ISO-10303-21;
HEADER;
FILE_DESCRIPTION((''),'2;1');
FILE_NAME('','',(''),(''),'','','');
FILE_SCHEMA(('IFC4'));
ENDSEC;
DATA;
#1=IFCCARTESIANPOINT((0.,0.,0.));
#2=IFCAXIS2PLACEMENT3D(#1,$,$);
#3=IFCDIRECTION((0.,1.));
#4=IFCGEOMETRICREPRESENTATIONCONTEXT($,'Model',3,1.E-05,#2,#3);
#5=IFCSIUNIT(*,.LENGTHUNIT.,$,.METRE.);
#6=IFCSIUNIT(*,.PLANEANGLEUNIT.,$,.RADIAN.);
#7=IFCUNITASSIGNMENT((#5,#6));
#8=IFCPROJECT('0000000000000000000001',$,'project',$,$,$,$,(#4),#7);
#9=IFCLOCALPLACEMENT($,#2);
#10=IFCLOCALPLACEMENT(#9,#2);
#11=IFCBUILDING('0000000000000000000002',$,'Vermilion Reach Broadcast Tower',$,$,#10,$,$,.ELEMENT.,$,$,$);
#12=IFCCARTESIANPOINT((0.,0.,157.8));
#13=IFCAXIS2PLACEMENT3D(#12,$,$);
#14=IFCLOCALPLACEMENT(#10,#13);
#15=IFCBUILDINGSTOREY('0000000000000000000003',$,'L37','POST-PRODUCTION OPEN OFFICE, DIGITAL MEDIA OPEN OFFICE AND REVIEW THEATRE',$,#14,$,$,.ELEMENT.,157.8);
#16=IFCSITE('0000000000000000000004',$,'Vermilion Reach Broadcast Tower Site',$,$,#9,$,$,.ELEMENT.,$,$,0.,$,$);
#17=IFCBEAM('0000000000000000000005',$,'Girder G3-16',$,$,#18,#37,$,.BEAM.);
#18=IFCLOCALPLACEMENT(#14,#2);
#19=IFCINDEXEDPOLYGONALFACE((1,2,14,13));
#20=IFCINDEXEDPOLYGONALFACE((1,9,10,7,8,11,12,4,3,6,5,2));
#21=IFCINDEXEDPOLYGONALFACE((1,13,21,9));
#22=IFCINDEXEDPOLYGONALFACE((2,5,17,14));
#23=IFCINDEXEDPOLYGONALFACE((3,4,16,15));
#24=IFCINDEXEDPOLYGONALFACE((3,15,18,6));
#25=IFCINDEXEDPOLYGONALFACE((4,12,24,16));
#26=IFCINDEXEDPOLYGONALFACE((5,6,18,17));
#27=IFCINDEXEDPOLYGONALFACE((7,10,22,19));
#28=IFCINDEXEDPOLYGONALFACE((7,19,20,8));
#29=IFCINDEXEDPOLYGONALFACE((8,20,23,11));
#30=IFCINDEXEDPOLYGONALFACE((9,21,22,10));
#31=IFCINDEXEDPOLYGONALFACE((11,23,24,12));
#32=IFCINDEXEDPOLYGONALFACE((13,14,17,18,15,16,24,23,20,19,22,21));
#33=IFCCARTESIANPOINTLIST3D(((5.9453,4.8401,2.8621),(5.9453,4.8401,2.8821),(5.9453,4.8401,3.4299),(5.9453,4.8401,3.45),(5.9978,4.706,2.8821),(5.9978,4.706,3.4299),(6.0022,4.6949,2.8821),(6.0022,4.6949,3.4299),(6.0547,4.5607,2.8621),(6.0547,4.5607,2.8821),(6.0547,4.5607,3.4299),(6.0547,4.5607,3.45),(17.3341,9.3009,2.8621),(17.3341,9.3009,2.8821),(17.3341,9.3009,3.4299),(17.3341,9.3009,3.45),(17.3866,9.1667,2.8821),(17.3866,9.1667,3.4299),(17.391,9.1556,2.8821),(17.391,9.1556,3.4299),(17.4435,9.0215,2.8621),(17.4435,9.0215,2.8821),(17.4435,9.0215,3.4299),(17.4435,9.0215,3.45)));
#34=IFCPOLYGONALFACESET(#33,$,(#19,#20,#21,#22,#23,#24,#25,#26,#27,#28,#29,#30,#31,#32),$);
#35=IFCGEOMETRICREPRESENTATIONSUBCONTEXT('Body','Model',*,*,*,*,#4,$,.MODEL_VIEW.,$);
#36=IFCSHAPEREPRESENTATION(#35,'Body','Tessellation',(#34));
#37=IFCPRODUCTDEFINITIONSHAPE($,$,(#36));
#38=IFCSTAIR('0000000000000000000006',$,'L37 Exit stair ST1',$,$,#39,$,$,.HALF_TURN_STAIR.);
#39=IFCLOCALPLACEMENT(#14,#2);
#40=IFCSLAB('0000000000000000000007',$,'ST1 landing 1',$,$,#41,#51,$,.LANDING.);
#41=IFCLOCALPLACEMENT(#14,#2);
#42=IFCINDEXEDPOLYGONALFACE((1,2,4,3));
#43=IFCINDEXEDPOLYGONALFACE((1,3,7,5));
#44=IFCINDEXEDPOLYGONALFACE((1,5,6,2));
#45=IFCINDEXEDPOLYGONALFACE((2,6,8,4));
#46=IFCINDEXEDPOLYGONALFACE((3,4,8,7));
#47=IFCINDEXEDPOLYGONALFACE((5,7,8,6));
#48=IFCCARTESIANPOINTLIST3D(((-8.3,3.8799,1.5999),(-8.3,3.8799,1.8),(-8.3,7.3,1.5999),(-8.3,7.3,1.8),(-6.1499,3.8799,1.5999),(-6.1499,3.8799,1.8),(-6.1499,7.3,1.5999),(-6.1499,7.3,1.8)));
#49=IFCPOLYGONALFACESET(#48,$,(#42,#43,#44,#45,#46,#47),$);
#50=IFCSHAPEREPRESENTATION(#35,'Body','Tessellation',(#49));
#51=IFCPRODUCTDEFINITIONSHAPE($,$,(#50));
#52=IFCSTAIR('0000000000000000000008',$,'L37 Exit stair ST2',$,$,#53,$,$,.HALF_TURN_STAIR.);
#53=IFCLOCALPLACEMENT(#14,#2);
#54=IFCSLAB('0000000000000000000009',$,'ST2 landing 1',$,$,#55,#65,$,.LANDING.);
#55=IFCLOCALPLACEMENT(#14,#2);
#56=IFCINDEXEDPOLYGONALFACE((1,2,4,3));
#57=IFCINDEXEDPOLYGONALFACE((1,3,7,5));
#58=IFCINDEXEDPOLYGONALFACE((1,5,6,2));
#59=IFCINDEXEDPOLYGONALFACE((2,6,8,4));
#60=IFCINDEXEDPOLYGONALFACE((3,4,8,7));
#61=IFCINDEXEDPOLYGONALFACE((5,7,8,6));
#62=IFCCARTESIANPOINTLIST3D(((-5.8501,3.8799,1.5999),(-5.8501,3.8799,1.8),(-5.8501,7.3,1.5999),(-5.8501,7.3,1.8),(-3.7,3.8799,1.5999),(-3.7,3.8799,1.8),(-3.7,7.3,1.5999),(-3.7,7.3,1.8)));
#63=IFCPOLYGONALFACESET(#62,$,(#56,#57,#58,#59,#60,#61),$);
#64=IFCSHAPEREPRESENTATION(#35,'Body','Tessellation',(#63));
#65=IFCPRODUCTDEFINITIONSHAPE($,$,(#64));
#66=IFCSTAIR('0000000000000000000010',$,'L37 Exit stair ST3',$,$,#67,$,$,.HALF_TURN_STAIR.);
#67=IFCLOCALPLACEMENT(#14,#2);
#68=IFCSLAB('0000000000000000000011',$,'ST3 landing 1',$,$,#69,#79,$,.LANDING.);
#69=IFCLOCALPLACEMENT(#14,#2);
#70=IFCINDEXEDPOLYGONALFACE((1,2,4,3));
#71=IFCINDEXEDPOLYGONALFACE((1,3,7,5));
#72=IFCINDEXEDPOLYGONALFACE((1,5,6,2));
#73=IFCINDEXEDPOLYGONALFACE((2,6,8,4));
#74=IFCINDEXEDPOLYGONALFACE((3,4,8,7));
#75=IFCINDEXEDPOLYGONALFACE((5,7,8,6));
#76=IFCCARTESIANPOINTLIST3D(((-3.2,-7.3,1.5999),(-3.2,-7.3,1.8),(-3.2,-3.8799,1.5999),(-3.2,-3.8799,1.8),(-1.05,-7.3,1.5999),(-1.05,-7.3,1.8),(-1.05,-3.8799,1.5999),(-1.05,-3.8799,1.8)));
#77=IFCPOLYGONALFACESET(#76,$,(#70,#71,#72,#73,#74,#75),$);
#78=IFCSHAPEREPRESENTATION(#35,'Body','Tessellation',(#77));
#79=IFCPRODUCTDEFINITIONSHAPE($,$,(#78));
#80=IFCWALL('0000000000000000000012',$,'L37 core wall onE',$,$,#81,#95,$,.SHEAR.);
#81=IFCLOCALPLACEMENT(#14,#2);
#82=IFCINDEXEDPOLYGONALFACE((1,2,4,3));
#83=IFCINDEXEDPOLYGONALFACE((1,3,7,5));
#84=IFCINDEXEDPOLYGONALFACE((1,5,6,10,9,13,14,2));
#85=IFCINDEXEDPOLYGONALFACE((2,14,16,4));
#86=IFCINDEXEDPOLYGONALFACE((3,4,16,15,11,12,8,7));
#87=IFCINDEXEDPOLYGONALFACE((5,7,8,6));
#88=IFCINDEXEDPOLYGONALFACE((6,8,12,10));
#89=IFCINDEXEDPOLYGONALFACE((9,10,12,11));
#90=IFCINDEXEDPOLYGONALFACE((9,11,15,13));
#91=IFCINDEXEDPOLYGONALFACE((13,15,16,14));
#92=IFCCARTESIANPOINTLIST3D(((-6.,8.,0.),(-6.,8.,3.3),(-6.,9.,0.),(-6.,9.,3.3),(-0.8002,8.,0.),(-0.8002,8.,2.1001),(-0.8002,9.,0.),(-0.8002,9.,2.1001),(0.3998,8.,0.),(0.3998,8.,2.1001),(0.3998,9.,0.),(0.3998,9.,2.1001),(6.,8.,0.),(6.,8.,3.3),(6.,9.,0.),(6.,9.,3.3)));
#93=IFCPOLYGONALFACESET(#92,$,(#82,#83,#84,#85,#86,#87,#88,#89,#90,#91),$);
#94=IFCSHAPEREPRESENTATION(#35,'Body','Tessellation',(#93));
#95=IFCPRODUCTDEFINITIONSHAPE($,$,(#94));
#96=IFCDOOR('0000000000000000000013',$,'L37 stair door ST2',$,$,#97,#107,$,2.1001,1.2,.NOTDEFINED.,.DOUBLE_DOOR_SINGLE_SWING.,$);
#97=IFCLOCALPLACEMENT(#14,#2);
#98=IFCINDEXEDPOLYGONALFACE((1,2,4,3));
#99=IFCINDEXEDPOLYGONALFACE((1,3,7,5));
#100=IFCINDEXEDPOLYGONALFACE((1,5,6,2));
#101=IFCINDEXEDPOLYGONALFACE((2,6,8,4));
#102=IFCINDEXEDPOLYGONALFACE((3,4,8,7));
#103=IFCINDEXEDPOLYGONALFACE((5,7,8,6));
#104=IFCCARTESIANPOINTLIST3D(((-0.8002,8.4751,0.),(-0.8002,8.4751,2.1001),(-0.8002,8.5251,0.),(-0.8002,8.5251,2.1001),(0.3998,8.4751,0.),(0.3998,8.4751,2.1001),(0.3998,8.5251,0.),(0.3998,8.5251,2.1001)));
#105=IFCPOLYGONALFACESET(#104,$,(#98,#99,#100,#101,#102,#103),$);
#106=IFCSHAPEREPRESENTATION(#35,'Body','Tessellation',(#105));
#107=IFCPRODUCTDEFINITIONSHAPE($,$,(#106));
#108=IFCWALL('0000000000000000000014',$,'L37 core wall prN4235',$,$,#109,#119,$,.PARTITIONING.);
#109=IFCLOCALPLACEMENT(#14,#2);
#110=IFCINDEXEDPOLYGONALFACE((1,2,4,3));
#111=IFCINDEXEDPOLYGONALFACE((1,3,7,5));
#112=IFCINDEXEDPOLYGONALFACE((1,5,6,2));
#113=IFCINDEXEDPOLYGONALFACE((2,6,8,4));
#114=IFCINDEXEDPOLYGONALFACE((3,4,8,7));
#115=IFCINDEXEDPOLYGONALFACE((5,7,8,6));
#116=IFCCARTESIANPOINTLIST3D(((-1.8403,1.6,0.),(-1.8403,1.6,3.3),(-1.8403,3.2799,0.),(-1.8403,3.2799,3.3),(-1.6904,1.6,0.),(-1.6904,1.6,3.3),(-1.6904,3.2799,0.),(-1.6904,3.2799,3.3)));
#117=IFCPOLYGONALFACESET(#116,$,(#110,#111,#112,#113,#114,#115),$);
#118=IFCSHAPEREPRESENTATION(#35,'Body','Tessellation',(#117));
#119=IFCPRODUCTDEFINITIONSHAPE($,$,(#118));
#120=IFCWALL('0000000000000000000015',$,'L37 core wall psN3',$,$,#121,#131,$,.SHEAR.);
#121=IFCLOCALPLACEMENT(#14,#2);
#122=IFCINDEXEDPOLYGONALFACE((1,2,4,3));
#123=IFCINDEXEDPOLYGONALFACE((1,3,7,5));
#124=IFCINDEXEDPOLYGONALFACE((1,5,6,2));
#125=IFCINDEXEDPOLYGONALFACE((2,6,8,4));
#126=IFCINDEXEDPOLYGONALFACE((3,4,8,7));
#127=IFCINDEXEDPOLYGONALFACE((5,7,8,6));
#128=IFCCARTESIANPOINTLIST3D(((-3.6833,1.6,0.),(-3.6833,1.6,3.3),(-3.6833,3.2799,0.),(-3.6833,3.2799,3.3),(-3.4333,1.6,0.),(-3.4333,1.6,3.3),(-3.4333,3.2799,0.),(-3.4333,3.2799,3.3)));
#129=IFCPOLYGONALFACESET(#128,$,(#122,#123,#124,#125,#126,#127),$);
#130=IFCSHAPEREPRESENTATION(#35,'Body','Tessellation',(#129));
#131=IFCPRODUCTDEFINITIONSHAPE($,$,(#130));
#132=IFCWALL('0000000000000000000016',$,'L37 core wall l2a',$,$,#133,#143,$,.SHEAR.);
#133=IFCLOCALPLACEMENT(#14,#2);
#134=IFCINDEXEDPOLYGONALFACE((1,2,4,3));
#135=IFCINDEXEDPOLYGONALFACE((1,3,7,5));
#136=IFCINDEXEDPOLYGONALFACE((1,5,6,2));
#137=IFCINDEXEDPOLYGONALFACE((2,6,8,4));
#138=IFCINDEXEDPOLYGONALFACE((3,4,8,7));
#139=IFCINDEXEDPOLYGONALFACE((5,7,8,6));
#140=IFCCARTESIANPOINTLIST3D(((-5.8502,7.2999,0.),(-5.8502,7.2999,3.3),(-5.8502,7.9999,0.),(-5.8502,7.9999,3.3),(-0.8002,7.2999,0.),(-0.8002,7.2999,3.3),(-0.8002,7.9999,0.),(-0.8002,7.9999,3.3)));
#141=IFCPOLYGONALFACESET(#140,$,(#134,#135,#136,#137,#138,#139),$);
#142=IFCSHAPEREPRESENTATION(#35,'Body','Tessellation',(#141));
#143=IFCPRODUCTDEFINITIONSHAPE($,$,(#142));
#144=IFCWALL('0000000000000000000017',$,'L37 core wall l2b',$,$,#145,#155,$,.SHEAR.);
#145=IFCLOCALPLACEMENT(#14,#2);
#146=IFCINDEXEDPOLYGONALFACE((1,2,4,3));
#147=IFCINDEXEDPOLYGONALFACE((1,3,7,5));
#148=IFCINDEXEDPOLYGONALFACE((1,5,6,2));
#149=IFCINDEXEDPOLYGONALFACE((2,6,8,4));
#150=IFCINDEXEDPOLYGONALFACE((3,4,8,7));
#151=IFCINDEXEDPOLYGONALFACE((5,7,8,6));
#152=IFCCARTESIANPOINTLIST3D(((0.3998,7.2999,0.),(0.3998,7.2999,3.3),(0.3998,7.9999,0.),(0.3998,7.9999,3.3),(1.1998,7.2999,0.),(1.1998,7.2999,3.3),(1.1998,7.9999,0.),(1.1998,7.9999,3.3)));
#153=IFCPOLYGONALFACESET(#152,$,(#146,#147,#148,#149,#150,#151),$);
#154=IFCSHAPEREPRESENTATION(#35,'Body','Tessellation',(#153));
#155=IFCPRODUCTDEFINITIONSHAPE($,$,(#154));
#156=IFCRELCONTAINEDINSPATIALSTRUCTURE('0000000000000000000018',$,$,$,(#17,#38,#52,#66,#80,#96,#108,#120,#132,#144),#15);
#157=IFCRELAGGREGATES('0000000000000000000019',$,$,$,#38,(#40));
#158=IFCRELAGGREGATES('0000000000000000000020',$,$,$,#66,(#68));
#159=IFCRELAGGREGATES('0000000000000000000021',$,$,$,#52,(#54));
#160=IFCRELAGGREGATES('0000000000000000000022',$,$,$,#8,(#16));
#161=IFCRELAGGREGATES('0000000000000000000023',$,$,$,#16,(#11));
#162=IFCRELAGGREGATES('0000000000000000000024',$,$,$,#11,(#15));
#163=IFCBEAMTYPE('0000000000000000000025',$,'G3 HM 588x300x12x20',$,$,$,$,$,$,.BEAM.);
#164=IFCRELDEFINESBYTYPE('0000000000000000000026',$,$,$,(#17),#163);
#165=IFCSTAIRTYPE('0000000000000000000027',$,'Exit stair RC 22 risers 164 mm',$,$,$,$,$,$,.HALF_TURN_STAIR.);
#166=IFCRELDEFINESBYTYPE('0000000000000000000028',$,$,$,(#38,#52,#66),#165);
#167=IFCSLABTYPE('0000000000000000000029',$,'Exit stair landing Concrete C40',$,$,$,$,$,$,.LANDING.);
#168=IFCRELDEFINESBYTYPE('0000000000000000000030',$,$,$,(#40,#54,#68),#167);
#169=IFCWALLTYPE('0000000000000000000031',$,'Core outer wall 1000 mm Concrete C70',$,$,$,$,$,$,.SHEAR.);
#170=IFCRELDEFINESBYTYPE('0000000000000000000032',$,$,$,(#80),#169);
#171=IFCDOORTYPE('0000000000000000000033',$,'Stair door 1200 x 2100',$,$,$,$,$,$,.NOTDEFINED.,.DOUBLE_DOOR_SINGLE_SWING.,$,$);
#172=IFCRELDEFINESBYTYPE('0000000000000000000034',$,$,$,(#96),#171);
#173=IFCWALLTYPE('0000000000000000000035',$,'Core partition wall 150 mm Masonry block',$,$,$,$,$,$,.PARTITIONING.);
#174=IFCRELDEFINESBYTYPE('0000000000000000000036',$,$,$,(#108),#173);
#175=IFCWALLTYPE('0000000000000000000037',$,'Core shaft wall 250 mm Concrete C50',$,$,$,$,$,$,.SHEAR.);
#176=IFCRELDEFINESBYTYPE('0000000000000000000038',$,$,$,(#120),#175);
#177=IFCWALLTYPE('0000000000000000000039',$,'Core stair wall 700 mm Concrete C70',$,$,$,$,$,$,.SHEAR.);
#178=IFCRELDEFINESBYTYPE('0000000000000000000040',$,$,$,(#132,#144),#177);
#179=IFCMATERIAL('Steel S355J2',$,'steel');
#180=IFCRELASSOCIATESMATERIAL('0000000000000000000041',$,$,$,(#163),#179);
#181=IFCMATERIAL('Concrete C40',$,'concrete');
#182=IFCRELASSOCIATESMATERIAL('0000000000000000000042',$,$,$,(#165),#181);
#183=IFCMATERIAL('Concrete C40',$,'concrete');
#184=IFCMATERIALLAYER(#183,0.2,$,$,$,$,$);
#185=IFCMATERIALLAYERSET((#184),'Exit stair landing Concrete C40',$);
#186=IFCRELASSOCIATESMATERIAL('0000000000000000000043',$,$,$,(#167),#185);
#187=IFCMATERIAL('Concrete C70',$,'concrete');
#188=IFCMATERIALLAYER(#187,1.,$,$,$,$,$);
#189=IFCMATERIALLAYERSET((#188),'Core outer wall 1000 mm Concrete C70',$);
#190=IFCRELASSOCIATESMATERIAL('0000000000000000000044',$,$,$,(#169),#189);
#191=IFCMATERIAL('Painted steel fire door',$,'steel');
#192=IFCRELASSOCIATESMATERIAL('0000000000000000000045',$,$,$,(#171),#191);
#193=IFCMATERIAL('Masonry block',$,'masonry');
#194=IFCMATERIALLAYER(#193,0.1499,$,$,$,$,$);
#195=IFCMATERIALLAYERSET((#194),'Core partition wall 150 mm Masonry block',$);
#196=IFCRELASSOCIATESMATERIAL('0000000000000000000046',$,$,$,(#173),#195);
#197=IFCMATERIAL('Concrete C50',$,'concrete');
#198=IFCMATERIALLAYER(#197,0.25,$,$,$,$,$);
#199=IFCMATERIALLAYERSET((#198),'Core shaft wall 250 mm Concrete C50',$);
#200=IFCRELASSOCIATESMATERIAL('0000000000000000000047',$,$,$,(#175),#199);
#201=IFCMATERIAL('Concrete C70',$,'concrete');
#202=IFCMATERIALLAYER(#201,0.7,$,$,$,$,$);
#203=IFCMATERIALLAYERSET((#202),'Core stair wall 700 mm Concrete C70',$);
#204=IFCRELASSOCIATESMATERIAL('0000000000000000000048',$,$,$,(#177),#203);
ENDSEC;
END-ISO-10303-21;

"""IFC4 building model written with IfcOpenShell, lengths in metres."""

from ifc_helpers import new_model, si_unit, direction, frame, frame_2d, origin, origin_2d, place, context, subcontext, project, spatial, polyline, rectangle, i_section, outline, extrude, material, layer, layer_set, material_profile, profile_set, type_object, element, fill, aggregate, save


model = new_model("IFC4")

# Units and contexts
model_context = context("Model", 3, precision=1e-05, world=origin(), true_north=direction((0.0, 1.0)))
body_context = subcontext(model_context, "Body", "Model", "MODEL_VIEW")
ifc_project = project(units=[si_unit("LENGTHUNIT", "METRE"), si_unit("PLANEANGLEUNIT", "RADIAN")], contexts=[model_context])

# Site, building, storey
site_placement = place(None, origin())
site = spatial("IfcSite", under=ifc_project, at=site_placement, Name="Vermilion Reach Broadcast Tower Site", CompositionType="ELEMENT", RefElevation=0.0)
building_placement = place(site_placement, origin())
building = spatial("IfcBuilding", under=site, at=building_placement, Name="Vermilion Reach Broadcast Tower", CompositionType="ELEMENT")
storey_placement = place(building_placement, frame((0.0, 0.0, 157.8)))
storey = spatial("IfcBuildingStorey", under=building, at=storey_placement, Name="L37", Description="POST-PRODUCTION OPEN OFFICE, DIGITAL MEDIA OPEN OFFICE AND REVIEW THEATRE", CompositionType="ELEMENT", Elevation=157.8)

# Beam
ifc_material_1 = material(Name="Steel S355J2", Category="steel")
ifc_material_profile = material_profile(ifc_material_1, i_section(OverallWidth=0.3, OverallDepth=0.5879, WebThickness=0.012, FlangeThickness=0.02, at=origin_2d()), Name="S355J2 HM 588x300x12x20")
ifc_profile_set = profile_set([ifc_material_profile], Name="Steel S355J2")
beam_type = type_object("IfcBeamType", Name="G3 HM 588x300x12x20", PredefinedType="BEAM", material=ifc_profile_set)
beam_placement = place(storey_placement, frame((6.0, 4.7004, 3.156), z_axis=(0.931125, 0.364701, 0.0), x_axis=(-0.364701, 0.931125, 0.0)))
element("IfcBeam", 1, at=beam_placement, inside=storey, type_object=beam_type, Name="Girder G3-16", PredefinedType="BEAM", context=body_context, shape_type="SweptSolid", body=[
    extrude(i_section(OverallWidth=0.3, OverallDepth=0.5879, WebThickness=0.012, FlangeThickness=0.02, at=origin_2d()), origin(), (0.0, 0.0, 1.0), 12.2312),
])

# Stairs, slabs
ifc_material_2 = material(Name="Concrete C40", Category="concrete")
stair_type = type_object("IfcStairType", Name="Exit stair RC 22 risers 164 mm", PredefinedType="HALF_TURN_STAIR", material=ifc_material_2)
placement_1 = place(storey_placement, origin())
stair_1 = element("IfcStair", 2, at=placement_1, inside=storey, type_object=stair_type, Name="L37 Exit stair ST1", PredefinedType="HALF_TURN_STAIR")
ifc_material_3 = material(Name="Concrete C40", Category="concrete")
ifc_layer_1 = layer(ifc_material_3, 0.2)
ifc_layer_set_1 = layer_set([ifc_layer_1], Name="Exit stair landing Concrete C40")
slab_type = type_object("IfcSlabType", Name="Exit stair landing Concrete C40", PredefinedType="LANDING", material=ifc_layer_set_1)
placement_2 = place(storey_placement, frame((0.0, 0.0, 1.5999)))
slab_1 = element("IfcSlab", 3, at=placement_2, type_object=slab_type, Name="ST1 landing 1", PredefinedType="LANDING", context=body_context, shape_type="SweptSolid", body=[
    extrude(outline(polyline([(-8.3, 3.8799), (-6.1499, 3.8799), (-6.1499, 7.3), (-8.3, 7.3), (-8.3, 3.8799)])), origin(), (0.0, 0.0, 1.0), 0.2002),
])
aggregate(stair_1, [slab_1])
stair_2 = element("IfcStair", 4, at=placement_1, inside=storey, type_object=stair_type, Name="L37 Exit stair ST2", PredefinedType="HALF_TURN_STAIR")
slab_2 = element("IfcSlab", 5, at=placement_2, type_object=slab_type, Name="ST2 landing 1", PredefinedType="LANDING", context=body_context, shape_type="SweptSolid", body=[
    extrude(outline(polyline([(-3.7, 7.3), (-5.8501, 7.3), (-5.8501, 3.8799), (-3.7, 3.8799), (-3.7, 7.3)])), origin(), (0.0, 0.0, 1.0), 0.2002),
])
stair_3 = element("IfcStair", 6, at=placement_1, inside=storey, type_object=stair_type, Name="L37 Exit stair ST3", PredefinedType="HALF_TURN_STAIR")
slab_3 = element("IfcSlab", 7, at=placement_2, type_object=slab_type, Name="ST3 landing 1", PredefinedType="LANDING", context=body_context, shape_type="SweptSolid", body=[
    extrude(outline(polyline([(-3.2, -7.3), (-1.05, -7.3), (-1.05, -3.8799), (-3.2, -3.8799), (-3.2, -7.3)])), origin(), (0.0, 0.0, 1.0), 0.2002),
])
aggregate(stair_3, [slab_3])

# Wall, opening, door
ifc_material_4 = material(Name="Concrete C70", Category="concrete")
ifc_layer_2 = layer(ifc_material_4, 1.0)
ifc_layer_set_2 = layer_set([ifc_layer_2], Name="Core outer wall 1000 mm Concrete C70")
wall_type_1 = type_object("IfcWallType", Name="Core outer wall 1000 mm Concrete C70", PredefinedType="SHEAR", material=ifc_layer_set_2)
wall_1_placement = place(storey_placement, frame((6.0, 8.5, 0.0), z_axis=(0.0, 0.0, 1.0), x_axis=(-1.0, 0.0, 0.0)))
wall_1 = element("IfcWall", 8, at=wall_1_placement, inside=storey, type_object=wall_type_1, Name="L37 core wall onE", PredefinedType="SHEAR", context=body_context, shape_type="SweptSolid", body=[
    extrude(rectangle(XDim=12.0, YDim=1.0, at=frame_2d((6.0, 0.0))), origin(), (0.0, 0.0, 1.0), 3.3),
])
opening_placement = place(wall_1_placement, frame((5.6001, 0.0, 0.0)))
opening = element("IfcOpeningElement", 9, at=opening_placement, cuts=wall_1, PredefinedType="OPENING", context=body_context, shape_type="SweptSolid", body=[
    extrude(rectangle(XDim=1.2, YDim=2.1001, at=frame_2d((0.6001, 1.05))), frame((0.0, 0.51, 0.0), z_axis=(0.0, -1.0, 0.0), x_axis=(1.0, 0.0, 0.0)), (0.0, 0.0, 1.0), 1.02),
])
ifc_material_5 = material(Name="Painted steel fire door", Category="steel")
door_type = type_object("IfcDoorType", Name="Stair door 1200 x 2100", OperationType="DOUBLE_DOOR_SINGLE_SWING", PredefinedType="NOTDEFINED", material=ifc_material_5)
door_placement = place(opening_placement, origin())
door = element("IfcDoor", 10, at=door_placement, inside=storey, type_object=door_type, Name="L37 stair door ST2", OperationType="DOUBLE_DOOR_SINGLE_SWING", OverallHeight=2.1001, OverallWidth=1.2, PredefinedType="NOTDEFINED", context=body_context, shape_type="SweptSolid", body=[
    extrude(rectangle(XDim=1.2, YDim=2.1001, at=frame_2d((0.6001, 1.05))), frame((0.0, 0.0249, 0.0), z_axis=(0.0, -1.0, 0.0), x_axis=(1.0, 0.0, 0.0)), (0.0, 0.0, 1.0), 0.05),
])
fill(opening, door)

# Walls
ifc_material_6 = material(Name="Masonry block", Category="masonry")
ifc_layer_3 = layer(ifc_material_6, 0.1499)
ifc_layer_set_3 = layer_set([ifc_layer_3], Name="Core partition wall 150 mm Masonry block")
wall_type_2 = type_object("IfcWallType", Name="Core partition wall 150 mm Masonry block", PredefinedType="PARTITIONING", material=ifc_layer_set_3)
wall_2_placement = place(storey_placement, frame((-1.7654, 1.6001, 0.0), z_axis=(0.0, 0.0, 1.0), x_axis=(0.0, 1.0, 0.0)))
element("IfcWall", 11, at=wall_2_placement, inside=storey, type_object=wall_type_2, Name="L37 core wall prN4235", PredefinedType="PARTITIONING", context=body_context, shape_type="SweptSolid", body=[
    extrude(rectangle(XDim=1.6799, YDim=0.1499, at=frame_2d((0.8398, 0.0))), origin(), (0.0, 0.0, 1.0), 3.3),
])
ifc_material_7 = material(Name="Concrete C50", Category="concrete")
ifc_layer_4 = layer(ifc_material_7, 0.25)
ifc_layer_set_4 = layer_set([ifc_layer_4], Name="Core shaft wall 250 mm Concrete C50")
wall_type_3 = type_object("IfcWallType", Name="Core shaft wall 250 mm Concrete C50", PredefinedType="SHEAR", material=ifc_layer_set_4)
wall_3_placement = place(storey_placement, frame((-3.5583, 1.6001, 0.0), z_axis=(0.0, 0.0, 1.0), x_axis=(0.0, 1.0, 0.0)))
element("IfcWall", 12, at=wall_3_placement, inside=storey, type_object=wall_type_3, Name="L37 core wall psN3", PredefinedType="SHEAR", context=body_context, shape_type="SweptSolid", body=[
    extrude(rectangle(XDim=1.6799, YDim=0.25, at=frame_2d((0.8398, 0.0))), origin(), (0.0, 0.0, 1.0), 3.3),
])
ifc_material_8 = material(Name="Concrete C70", Category="concrete")
ifc_layer_5 = layer(ifc_material_8, 0.7)
ifc_layer_set_5 = layer_set([ifc_layer_5], Name="Core stair wall 700 mm Concrete C70")
wall_type_4 = type_object("IfcWallType", Name="Core stair wall 700 mm Concrete C70", PredefinedType="SHEAR", material=ifc_layer_set_5)
wall_4_placement = place(storey_placement, frame((-5.8501, 7.6499, 0.0), z_axis=(0.0, 0.0, 1.0), x_axis=(1.0, 0.0, 0.0)))
element("IfcWall", 13, at=wall_4_placement, inside=storey, type_object=wall_type_4, Name="L37 core wall l2a", PredefinedType="SHEAR", context=body_context, shape_type="SweptSolid", body=[
    extrude(rectangle(XDim=5.05, YDim=0.7, at=frame_2d((2.5249, 0.0))), origin(), (0.0, 0.0, 1.0), 3.3),
])
wall_5_placement = place(storey_placement, frame((0.3999, 7.6499, 0.0), z_axis=(0.0, 0.0, 1.0), x_axis=(1.0, 0.0, 0.0)))
element("IfcWall", 14, at=wall_5_placement, inside=storey, type_object=wall_type_4, Name="L37 core wall l2b", PredefinedType="SHEAR", context=body_context, shape_type="SweptSolid", body=[
    extrude(rectangle(XDim=0.8, YDim=0.7, at=frame_2d((0.3999, 0.0))), origin(), (0.0, 0.0, 1.0), 3.3),
])

aggregate(stair_2, [slab_2])

save(model, "model.ifc")
